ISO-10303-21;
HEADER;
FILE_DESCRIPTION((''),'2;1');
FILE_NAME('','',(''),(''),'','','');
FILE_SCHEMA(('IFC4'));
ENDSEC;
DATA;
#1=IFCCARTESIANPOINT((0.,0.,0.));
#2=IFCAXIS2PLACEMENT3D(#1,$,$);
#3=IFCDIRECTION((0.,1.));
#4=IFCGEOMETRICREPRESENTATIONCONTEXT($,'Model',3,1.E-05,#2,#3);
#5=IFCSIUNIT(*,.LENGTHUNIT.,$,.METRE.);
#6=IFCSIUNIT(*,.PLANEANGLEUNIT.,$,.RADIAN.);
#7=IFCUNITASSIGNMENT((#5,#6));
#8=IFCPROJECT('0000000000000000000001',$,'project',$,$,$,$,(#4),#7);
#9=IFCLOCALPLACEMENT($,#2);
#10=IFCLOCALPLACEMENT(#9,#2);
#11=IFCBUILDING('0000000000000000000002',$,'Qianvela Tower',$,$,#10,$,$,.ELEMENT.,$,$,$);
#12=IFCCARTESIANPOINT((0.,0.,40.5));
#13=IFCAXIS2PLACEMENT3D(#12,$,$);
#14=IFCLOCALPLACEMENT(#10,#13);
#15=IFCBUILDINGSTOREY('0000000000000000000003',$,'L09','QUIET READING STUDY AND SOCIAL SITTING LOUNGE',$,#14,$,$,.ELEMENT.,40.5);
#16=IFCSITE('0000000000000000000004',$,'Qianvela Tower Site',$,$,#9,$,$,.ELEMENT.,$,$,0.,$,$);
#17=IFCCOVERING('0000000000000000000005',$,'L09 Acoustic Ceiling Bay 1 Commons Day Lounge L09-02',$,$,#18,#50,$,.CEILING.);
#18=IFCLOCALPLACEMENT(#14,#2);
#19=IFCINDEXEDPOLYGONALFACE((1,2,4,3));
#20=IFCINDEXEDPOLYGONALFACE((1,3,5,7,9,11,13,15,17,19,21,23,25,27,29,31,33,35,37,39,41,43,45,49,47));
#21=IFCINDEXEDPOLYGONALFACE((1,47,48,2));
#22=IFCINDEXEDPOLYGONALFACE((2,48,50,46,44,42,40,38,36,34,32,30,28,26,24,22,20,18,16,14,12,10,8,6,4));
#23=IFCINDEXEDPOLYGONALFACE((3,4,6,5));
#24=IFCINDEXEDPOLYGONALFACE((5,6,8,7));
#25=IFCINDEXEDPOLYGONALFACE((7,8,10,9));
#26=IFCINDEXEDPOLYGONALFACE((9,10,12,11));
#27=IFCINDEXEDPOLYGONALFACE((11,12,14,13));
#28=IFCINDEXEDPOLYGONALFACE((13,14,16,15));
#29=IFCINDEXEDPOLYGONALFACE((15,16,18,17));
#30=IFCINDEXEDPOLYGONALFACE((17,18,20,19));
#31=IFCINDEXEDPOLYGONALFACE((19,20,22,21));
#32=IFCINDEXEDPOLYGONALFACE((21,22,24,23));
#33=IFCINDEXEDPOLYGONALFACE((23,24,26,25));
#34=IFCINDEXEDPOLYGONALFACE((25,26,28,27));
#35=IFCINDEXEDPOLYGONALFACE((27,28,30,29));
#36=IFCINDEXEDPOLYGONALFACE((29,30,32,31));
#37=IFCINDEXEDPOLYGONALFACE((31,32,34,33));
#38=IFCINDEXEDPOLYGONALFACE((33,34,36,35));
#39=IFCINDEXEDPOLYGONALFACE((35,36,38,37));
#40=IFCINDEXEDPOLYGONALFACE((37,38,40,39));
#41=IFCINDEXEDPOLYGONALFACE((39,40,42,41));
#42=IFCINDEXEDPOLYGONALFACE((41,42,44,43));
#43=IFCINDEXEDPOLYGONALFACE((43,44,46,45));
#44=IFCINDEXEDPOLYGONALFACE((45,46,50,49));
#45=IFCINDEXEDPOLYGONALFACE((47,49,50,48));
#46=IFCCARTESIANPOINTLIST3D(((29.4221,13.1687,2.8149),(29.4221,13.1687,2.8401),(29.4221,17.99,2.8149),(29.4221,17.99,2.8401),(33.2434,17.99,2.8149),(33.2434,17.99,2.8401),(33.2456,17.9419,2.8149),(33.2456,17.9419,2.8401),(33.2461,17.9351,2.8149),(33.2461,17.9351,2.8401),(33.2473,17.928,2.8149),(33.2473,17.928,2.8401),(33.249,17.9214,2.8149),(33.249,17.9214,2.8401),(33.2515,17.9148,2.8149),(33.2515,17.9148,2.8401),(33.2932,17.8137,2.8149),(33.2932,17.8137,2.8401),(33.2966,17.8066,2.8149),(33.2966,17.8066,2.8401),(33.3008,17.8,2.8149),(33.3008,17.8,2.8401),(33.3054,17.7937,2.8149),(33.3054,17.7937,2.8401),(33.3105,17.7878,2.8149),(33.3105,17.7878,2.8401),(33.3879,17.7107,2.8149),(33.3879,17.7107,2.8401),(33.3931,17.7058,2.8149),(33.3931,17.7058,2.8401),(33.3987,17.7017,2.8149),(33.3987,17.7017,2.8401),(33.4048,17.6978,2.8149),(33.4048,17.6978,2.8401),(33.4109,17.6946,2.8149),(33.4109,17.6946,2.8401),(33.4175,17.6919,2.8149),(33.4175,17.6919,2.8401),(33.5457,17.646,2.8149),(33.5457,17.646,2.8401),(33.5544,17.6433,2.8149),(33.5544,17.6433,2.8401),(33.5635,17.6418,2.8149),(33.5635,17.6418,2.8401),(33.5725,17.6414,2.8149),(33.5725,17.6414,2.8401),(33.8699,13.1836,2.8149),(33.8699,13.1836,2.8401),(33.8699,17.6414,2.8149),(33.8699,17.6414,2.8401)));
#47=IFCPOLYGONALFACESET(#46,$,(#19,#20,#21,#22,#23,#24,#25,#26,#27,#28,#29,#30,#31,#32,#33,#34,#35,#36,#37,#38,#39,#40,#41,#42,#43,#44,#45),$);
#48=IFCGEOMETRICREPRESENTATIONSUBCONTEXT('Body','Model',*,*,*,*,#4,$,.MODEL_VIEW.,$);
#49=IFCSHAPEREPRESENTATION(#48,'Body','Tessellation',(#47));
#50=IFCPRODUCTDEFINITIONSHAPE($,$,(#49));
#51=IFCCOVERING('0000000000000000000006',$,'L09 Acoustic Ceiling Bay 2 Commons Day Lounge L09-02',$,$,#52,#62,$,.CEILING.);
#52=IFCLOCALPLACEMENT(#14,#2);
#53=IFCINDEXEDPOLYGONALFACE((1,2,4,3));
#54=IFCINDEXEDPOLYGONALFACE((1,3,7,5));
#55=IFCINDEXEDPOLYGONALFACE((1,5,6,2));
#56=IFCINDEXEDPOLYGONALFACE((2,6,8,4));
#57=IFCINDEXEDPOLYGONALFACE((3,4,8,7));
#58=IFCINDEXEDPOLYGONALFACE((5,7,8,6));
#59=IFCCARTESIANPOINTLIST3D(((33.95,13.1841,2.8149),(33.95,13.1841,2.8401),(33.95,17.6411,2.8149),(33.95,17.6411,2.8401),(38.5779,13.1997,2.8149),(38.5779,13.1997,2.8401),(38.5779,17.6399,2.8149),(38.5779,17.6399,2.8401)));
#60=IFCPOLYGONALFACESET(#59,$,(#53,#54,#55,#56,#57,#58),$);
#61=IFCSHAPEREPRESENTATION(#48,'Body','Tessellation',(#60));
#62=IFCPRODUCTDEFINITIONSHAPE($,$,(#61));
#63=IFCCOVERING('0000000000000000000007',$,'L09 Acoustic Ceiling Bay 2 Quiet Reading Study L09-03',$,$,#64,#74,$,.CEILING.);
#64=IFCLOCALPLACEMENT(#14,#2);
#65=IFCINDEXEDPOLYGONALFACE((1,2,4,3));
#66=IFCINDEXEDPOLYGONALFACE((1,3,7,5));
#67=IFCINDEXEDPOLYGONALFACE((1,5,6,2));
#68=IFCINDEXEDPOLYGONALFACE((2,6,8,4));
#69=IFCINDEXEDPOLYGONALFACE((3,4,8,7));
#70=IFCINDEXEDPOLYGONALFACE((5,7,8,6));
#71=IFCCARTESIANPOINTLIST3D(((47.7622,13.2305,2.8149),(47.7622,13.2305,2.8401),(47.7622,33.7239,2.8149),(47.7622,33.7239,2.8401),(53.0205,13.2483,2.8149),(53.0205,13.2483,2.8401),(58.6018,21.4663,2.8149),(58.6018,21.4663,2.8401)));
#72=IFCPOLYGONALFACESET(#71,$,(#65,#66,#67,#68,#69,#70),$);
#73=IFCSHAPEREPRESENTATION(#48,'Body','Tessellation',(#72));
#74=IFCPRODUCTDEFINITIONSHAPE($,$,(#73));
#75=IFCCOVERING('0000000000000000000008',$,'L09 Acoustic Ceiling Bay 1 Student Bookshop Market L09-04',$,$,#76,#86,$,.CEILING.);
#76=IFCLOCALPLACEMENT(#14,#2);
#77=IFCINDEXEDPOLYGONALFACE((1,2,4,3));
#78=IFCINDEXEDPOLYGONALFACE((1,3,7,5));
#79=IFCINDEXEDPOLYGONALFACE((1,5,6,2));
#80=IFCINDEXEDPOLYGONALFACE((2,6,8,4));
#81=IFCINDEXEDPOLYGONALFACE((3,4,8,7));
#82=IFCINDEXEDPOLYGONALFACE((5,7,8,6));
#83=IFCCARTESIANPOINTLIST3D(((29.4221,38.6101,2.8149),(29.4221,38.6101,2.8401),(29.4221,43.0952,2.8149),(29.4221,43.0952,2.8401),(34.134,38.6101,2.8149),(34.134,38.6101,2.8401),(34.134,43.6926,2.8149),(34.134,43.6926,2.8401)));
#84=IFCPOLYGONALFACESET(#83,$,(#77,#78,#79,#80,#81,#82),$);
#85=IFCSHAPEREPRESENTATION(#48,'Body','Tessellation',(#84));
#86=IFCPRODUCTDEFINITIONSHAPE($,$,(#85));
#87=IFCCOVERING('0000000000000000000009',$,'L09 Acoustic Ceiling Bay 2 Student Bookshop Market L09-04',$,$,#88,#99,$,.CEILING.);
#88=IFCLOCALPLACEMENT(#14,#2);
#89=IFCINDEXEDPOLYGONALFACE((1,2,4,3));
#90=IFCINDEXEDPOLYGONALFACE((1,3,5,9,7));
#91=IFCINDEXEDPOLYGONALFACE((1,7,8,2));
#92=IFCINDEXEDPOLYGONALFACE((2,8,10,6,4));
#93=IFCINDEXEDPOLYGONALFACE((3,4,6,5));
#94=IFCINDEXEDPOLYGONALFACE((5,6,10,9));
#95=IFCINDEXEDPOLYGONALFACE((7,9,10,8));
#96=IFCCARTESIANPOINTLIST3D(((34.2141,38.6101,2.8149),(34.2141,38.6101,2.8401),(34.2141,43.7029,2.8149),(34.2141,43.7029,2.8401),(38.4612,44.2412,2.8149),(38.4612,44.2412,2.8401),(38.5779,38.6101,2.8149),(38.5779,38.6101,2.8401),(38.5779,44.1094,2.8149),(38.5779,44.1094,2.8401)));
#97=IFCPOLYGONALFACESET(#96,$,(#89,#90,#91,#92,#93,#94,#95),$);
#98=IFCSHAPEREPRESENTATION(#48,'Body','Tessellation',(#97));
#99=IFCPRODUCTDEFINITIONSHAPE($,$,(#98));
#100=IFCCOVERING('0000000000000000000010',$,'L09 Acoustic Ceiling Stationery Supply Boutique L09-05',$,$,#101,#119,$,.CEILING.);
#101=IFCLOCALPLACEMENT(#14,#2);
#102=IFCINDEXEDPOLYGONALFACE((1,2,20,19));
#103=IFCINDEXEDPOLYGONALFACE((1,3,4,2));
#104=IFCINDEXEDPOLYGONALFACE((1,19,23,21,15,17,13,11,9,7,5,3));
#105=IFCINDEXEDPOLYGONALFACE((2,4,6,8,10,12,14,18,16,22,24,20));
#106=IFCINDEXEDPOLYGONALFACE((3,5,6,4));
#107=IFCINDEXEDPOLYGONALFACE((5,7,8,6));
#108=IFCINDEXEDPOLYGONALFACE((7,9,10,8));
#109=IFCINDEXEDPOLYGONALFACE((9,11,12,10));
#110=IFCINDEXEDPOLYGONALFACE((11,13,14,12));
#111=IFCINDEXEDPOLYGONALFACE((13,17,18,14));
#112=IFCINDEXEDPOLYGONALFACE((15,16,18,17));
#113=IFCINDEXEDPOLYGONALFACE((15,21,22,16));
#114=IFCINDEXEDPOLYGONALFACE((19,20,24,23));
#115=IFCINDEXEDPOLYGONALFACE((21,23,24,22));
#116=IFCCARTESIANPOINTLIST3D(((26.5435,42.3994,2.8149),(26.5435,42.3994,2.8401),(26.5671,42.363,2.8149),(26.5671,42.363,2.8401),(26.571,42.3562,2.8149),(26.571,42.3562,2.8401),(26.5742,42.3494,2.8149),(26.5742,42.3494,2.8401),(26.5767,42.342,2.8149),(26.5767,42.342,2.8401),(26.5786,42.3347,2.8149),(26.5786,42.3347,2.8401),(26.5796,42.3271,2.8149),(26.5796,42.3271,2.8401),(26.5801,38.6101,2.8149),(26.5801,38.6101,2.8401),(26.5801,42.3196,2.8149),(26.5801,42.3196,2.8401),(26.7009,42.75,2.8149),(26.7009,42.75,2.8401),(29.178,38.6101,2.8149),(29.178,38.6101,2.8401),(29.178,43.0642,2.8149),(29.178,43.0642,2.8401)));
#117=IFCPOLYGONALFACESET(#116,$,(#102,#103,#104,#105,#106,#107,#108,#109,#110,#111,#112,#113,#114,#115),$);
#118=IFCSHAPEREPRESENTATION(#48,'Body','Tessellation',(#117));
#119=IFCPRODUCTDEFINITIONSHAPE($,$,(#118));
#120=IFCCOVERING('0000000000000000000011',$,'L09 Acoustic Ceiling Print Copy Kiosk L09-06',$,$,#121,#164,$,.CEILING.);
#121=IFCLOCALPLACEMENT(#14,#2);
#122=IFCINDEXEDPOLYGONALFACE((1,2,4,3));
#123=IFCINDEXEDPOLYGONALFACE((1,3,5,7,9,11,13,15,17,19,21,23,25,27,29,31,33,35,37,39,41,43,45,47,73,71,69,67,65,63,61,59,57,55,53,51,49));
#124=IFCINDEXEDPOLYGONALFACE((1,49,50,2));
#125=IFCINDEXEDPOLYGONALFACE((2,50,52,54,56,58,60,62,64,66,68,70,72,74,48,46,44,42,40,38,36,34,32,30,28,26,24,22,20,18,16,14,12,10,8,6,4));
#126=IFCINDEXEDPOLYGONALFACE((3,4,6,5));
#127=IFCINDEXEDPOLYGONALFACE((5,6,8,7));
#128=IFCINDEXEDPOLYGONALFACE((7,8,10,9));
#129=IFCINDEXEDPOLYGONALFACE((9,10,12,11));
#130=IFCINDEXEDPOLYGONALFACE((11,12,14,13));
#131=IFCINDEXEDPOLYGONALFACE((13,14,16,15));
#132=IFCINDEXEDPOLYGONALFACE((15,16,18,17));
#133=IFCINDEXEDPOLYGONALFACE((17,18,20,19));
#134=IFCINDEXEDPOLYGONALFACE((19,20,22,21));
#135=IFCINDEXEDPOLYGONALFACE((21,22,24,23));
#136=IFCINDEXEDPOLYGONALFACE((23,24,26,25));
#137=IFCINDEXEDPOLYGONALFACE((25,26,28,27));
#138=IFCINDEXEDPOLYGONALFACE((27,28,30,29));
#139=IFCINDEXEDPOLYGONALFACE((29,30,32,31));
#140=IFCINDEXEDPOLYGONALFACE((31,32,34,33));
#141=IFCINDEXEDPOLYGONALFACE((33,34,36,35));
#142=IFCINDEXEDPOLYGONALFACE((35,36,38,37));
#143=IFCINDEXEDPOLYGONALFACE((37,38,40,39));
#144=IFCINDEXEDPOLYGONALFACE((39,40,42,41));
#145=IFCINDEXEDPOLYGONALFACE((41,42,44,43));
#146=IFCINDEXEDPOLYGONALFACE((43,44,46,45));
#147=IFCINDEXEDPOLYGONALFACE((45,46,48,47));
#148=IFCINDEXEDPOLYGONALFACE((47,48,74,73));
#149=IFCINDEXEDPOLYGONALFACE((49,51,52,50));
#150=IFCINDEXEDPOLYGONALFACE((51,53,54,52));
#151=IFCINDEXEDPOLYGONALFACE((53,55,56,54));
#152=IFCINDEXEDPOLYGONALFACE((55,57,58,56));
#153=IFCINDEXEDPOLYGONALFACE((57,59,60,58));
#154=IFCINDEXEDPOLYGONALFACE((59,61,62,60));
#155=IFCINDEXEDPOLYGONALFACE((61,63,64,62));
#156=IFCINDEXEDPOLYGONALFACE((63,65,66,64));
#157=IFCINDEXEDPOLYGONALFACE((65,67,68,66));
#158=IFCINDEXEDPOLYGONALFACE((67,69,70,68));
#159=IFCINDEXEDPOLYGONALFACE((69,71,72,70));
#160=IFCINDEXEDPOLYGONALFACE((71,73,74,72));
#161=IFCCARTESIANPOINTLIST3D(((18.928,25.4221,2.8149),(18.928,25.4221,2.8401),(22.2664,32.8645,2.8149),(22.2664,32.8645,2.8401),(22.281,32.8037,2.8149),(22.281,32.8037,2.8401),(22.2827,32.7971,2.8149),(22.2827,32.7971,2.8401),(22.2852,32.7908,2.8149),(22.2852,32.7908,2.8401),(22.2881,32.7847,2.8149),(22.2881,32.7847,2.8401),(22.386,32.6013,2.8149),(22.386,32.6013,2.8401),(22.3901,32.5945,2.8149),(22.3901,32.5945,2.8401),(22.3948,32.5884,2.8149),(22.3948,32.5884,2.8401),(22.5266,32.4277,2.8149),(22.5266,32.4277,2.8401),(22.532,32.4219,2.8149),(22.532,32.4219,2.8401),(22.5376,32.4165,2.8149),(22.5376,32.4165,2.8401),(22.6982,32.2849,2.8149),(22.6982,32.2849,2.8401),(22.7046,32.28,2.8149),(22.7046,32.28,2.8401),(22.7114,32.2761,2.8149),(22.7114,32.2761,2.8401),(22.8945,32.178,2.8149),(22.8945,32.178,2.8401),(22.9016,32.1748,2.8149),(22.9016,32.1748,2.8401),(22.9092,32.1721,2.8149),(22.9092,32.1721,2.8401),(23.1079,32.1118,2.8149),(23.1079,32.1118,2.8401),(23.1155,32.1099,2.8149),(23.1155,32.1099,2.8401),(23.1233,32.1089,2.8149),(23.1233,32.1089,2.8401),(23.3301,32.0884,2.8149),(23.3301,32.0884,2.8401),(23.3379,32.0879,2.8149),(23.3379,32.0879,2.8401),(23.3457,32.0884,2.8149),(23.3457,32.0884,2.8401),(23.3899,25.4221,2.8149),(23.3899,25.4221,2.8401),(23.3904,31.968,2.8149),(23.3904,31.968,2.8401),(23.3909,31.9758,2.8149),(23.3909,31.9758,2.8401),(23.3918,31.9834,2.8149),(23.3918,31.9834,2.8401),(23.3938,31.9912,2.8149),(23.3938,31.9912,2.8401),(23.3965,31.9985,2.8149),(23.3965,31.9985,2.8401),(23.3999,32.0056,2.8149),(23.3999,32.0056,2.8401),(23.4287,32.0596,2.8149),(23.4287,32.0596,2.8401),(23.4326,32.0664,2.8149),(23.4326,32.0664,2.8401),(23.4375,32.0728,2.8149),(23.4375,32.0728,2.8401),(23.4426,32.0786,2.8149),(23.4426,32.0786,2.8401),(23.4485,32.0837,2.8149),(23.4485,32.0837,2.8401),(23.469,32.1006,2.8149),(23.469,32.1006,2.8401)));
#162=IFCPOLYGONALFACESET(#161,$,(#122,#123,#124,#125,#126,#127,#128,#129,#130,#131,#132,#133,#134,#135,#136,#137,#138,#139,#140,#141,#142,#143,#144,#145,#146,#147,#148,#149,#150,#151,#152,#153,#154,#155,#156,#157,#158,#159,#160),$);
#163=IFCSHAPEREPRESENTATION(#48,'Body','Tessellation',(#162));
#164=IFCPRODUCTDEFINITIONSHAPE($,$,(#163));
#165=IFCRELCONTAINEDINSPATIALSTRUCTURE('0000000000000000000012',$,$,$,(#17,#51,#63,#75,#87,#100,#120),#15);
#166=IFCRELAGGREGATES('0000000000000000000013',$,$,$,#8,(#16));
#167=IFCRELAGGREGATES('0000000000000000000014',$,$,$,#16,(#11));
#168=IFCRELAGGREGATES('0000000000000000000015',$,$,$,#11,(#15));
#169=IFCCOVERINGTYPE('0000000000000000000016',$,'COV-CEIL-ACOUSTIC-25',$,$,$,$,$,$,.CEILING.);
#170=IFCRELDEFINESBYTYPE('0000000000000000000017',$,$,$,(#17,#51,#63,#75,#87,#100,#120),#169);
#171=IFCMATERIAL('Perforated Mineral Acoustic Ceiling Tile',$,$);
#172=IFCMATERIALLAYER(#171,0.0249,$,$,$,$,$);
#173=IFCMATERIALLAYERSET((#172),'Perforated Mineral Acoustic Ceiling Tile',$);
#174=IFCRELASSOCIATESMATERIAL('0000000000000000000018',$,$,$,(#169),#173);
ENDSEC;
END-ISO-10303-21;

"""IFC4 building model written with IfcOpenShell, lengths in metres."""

from ifc_helpers import new_model, si_unit, direction, frame, origin, place, context, subcontext, project, spatial, polyline, outline, extrude, material, layer, layer_set, type_object, element, save


model = new_model("IFC4")

# Units and contexts
model_context = context("Model", 3, precision=1e-05, world=origin(), true_north=direction((0.0, 1.0)))
body_context = subcontext(model_context, "Body", "Model", "MODEL_VIEW")
ifc_project = project(units=[si_unit("LENGTHUNIT", "METRE"), si_unit("PLANEANGLEUNIT", "RADIAN")], contexts=[model_context])

# Site, building, storey
site_placement = place(None, origin())
site = spatial("IfcSite", under=ifc_project, at=site_placement, Name="Qianvela Tower Site", CompositionType="ELEMENT", RefElevation=0.0)
building_placement = place(site_placement, origin())
building = spatial("IfcBuilding", under=site, at=building_placement, Name="Qianvela Tower", CompositionType="ELEMENT")
storey_placement = place(building_placement, frame((0.0, 0.0, 40.5)))
storey = spatial("IfcBuildingStorey", under=building, at=storey_placement, Name="L09", Description="QUIET READING STUDY AND SOCIAL SITTING LOUNGE", CompositionType="ELEMENT", Elevation=40.5)

# Coverings
ifc_material_1 = material(Name="Perforated Mineral Acoustic Ceiling Tile")
ifc_layer_1 = layer(ifc_material_1, 0.0249)
ifc_layer_set_1 = layer_set([ifc_layer_1], Name="Perforated Mineral Acoustic Ceiling Tile")
covering_type_1 = type_object("IfcCoveringType", Name="COV-CEIL-ACOUSTIC-25", PredefinedType="CEILING", material=ifc_layer_set_1)
covering_1_placement = place(storey_placement, frame((0.0, 0.0, 2.8149)))
element("IfcCovering", 1, at=covering_1_placement, inside=storey, type_object=covering_type_1, Name="L09 Acoustic Ceiling Bay 1 Commons Day Lounge L09-02", PredefinedType="CEILING", context=body_context, shape_type="SweptSolid", body=[
    extrude(outline(polyline([(33.2461, 17.9351), (33.2473, 17.928), (33.249, 17.9214), (33.2515, 17.9148), (33.2932, 17.8137), (33.2966, 17.8066), (33.3008, 17.8), (33.3054, 17.7937), (33.3105, 17.7878), (33.3879, 17.7107), (33.3931, 17.7058), (33.3987, 17.7017), (33.4048, 17.6978), (33.4109, 17.6946), (33.4175, 17.6919), (33.5457, 17.646), (33.5544, 17.6433), (33.5635, 17.6418), (33.5725, 17.6414), (33.8699, 17.6414), (33.8699, 13.1836), (29.4221, 13.1687), (29.4221, 17.99), (33.2434, 17.99), (33.2456, 17.9419), (33.2461, 17.9351)])), origin(), (0.0, 0.0, 1.0), 0.0251),
])
covering_2_placement = place(storey_placement, frame((0.0, 0.0, 2.8149)))
element("IfcCovering", 2, at=covering_2_placement, inside=storey, type_object=covering_type_1, Name="L09 Acoustic Ceiling Bay 2 Commons Day Lounge L09-02", PredefinedType="CEILING", context=body_context, shape_type="SweptSolid", body=[
    extrude(outline(polyline([(38.5779, 17.6399), (38.5779, 13.1997), (33.95, 13.1841), (33.95, 17.6411), (38.5779, 17.6399)])), origin(), (0.0, 0.0, 1.0), 0.0251),
])
covering_3_placement = place(storey_placement, frame((0.0, 0.0, 2.8149)))
element("IfcCovering", 3, at=covering_3_placement, inside=storey, type_object=covering_type_1, Name="L09 Acoustic Ceiling Bay 2 Quiet Reading Study L09-03", PredefinedType="CEILING", context=body_context, shape_type="SweptSolid", body=[
    extrude(outline(polyline([(58.6018, 21.4663), (53.0205, 13.2483), (47.7622, 13.2305), (47.7622, 33.7239), (58.6018, 21.4663)])), origin(), (0.0, 0.0, 1.0), 0.0251),
])
covering_4_placement = place(storey_placement, frame((0.0, 0.0, 2.8149)))
element("IfcCovering", 4, at=covering_4_placement, inside=storey, type_object=covering_type_1, Name="L09 Acoustic Ceiling Bay 1 Student Bookshop Market L09-04", PredefinedType="CEILING", context=body_context, shape_type="SweptSolid", body=[
    extrude(outline(polyline([(34.134, 43.6926), (34.134, 38.6101), (29.4221, 38.6101), (29.4221, 43.0952), (34.134, 43.6926)])), origin(), (0.0, 0.0, 1.0), 0.0251),
])
covering_5_placement = place(storey_placement, frame((0.0, 0.0, 2.8149)))
element("IfcCovering", 5, at=covering_5_placement, inside=storey, type_object=covering_type_1, Name="L09 Acoustic Ceiling Bay 2 Student Bookshop Market L09-04", PredefinedType="CEILING", context=body_context, shape_type="SweptSolid", body=[
    extrude(outline(polyline([(38.4612, 44.2412), (38.5779, 44.1094), (38.5779, 38.6101), (34.2141, 38.6101), (34.2141, 43.7029), (38.4612, 44.2412)])), origin(), (0.0, 0.0, 1.0), 0.0251),
])
covering_6_placement = place(storey_placement, frame((0.0, 0.0, 2.8149)))
element("IfcCovering", 6, at=covering_6_placement, inside=storey, type_object=covering_type_1, Name="L09 Acoustic Ceiling Stationery Supply Boutique L09-05", PredefinedType="CEILING", context=body_context, shape_type="SweptSolid", body=[
    extrude(outline(polyline([(26.5801, 42.3196), (26.5796, 42.3271), (26.5786, 42.3347), (26.5767, 42.342), (26.5742, 42.3494), (26.571, 42.3562), (26.5671, 42.363), (26.5435, 42.3994), (26.7009, 42.75), (29.178, 43.0642), (29.178, 38.6101), (26.5801, 38.6101), (26.5801, 42.3196)])), origin(), (0.0, 0.0, 1.0), 0.0251),
])
covering_7_placement = place(storey_placement, frame((0.0, 0.0, 2.8149)))
element("IfcCovering", 7, at=covering_7_placement, inside=storey, type_object=covering_type_1, Name="L09 Acoustic Ceiling Print Copy Kiosk L09-06", PredefinedType="CEILING", context=body_context, shape_type="SweptSolid", body=[
    extrude(outline(polyline([(23.4485, 32.0837), (23.4426, 32.0786), (23.4375, 32.0728), (23.4326, 32.0664), (23.4287, 32.0596), (23.3999, 32.0056), (23.3965, 31.9985), (23.3938, 31.9912), (23.3918, 31.9834), (23.3909, 31.9758), (23.3904, 31.968), (23.3899, 25.4221), (18.928, 25.4221), (22.2664, 32.8645), (22.281, 32.8037), (22.2827, 32.7971), (22.2852, 32.7908), (22.2881, 32.7847), (22.386, 32.6013), (22.3901, 32.5945), (22.3948, 32.5884), (22.5266, 32.4277), (22.532, 32.4219), (22.5376, 32.4165), (22.6982, 32.2849), (22.7046, 32.28), (22.7114, 32.2761), (22.8945, 32.178), (22.9016, 32.1748), (22.9092, 32.1721), (23.1079, 32.1118), (23.1155, 32.1099), (23.1233, 32.1089), (23.3301, 32.0884), (23.3379, 32.0879), (23.3457, 32.0884), (23.469, 32.1006), (23.4485, 32.0837)])), origin(), (0.0, 0.0, 1.0), 0.0251),
])

save(model, "model.ifc")
